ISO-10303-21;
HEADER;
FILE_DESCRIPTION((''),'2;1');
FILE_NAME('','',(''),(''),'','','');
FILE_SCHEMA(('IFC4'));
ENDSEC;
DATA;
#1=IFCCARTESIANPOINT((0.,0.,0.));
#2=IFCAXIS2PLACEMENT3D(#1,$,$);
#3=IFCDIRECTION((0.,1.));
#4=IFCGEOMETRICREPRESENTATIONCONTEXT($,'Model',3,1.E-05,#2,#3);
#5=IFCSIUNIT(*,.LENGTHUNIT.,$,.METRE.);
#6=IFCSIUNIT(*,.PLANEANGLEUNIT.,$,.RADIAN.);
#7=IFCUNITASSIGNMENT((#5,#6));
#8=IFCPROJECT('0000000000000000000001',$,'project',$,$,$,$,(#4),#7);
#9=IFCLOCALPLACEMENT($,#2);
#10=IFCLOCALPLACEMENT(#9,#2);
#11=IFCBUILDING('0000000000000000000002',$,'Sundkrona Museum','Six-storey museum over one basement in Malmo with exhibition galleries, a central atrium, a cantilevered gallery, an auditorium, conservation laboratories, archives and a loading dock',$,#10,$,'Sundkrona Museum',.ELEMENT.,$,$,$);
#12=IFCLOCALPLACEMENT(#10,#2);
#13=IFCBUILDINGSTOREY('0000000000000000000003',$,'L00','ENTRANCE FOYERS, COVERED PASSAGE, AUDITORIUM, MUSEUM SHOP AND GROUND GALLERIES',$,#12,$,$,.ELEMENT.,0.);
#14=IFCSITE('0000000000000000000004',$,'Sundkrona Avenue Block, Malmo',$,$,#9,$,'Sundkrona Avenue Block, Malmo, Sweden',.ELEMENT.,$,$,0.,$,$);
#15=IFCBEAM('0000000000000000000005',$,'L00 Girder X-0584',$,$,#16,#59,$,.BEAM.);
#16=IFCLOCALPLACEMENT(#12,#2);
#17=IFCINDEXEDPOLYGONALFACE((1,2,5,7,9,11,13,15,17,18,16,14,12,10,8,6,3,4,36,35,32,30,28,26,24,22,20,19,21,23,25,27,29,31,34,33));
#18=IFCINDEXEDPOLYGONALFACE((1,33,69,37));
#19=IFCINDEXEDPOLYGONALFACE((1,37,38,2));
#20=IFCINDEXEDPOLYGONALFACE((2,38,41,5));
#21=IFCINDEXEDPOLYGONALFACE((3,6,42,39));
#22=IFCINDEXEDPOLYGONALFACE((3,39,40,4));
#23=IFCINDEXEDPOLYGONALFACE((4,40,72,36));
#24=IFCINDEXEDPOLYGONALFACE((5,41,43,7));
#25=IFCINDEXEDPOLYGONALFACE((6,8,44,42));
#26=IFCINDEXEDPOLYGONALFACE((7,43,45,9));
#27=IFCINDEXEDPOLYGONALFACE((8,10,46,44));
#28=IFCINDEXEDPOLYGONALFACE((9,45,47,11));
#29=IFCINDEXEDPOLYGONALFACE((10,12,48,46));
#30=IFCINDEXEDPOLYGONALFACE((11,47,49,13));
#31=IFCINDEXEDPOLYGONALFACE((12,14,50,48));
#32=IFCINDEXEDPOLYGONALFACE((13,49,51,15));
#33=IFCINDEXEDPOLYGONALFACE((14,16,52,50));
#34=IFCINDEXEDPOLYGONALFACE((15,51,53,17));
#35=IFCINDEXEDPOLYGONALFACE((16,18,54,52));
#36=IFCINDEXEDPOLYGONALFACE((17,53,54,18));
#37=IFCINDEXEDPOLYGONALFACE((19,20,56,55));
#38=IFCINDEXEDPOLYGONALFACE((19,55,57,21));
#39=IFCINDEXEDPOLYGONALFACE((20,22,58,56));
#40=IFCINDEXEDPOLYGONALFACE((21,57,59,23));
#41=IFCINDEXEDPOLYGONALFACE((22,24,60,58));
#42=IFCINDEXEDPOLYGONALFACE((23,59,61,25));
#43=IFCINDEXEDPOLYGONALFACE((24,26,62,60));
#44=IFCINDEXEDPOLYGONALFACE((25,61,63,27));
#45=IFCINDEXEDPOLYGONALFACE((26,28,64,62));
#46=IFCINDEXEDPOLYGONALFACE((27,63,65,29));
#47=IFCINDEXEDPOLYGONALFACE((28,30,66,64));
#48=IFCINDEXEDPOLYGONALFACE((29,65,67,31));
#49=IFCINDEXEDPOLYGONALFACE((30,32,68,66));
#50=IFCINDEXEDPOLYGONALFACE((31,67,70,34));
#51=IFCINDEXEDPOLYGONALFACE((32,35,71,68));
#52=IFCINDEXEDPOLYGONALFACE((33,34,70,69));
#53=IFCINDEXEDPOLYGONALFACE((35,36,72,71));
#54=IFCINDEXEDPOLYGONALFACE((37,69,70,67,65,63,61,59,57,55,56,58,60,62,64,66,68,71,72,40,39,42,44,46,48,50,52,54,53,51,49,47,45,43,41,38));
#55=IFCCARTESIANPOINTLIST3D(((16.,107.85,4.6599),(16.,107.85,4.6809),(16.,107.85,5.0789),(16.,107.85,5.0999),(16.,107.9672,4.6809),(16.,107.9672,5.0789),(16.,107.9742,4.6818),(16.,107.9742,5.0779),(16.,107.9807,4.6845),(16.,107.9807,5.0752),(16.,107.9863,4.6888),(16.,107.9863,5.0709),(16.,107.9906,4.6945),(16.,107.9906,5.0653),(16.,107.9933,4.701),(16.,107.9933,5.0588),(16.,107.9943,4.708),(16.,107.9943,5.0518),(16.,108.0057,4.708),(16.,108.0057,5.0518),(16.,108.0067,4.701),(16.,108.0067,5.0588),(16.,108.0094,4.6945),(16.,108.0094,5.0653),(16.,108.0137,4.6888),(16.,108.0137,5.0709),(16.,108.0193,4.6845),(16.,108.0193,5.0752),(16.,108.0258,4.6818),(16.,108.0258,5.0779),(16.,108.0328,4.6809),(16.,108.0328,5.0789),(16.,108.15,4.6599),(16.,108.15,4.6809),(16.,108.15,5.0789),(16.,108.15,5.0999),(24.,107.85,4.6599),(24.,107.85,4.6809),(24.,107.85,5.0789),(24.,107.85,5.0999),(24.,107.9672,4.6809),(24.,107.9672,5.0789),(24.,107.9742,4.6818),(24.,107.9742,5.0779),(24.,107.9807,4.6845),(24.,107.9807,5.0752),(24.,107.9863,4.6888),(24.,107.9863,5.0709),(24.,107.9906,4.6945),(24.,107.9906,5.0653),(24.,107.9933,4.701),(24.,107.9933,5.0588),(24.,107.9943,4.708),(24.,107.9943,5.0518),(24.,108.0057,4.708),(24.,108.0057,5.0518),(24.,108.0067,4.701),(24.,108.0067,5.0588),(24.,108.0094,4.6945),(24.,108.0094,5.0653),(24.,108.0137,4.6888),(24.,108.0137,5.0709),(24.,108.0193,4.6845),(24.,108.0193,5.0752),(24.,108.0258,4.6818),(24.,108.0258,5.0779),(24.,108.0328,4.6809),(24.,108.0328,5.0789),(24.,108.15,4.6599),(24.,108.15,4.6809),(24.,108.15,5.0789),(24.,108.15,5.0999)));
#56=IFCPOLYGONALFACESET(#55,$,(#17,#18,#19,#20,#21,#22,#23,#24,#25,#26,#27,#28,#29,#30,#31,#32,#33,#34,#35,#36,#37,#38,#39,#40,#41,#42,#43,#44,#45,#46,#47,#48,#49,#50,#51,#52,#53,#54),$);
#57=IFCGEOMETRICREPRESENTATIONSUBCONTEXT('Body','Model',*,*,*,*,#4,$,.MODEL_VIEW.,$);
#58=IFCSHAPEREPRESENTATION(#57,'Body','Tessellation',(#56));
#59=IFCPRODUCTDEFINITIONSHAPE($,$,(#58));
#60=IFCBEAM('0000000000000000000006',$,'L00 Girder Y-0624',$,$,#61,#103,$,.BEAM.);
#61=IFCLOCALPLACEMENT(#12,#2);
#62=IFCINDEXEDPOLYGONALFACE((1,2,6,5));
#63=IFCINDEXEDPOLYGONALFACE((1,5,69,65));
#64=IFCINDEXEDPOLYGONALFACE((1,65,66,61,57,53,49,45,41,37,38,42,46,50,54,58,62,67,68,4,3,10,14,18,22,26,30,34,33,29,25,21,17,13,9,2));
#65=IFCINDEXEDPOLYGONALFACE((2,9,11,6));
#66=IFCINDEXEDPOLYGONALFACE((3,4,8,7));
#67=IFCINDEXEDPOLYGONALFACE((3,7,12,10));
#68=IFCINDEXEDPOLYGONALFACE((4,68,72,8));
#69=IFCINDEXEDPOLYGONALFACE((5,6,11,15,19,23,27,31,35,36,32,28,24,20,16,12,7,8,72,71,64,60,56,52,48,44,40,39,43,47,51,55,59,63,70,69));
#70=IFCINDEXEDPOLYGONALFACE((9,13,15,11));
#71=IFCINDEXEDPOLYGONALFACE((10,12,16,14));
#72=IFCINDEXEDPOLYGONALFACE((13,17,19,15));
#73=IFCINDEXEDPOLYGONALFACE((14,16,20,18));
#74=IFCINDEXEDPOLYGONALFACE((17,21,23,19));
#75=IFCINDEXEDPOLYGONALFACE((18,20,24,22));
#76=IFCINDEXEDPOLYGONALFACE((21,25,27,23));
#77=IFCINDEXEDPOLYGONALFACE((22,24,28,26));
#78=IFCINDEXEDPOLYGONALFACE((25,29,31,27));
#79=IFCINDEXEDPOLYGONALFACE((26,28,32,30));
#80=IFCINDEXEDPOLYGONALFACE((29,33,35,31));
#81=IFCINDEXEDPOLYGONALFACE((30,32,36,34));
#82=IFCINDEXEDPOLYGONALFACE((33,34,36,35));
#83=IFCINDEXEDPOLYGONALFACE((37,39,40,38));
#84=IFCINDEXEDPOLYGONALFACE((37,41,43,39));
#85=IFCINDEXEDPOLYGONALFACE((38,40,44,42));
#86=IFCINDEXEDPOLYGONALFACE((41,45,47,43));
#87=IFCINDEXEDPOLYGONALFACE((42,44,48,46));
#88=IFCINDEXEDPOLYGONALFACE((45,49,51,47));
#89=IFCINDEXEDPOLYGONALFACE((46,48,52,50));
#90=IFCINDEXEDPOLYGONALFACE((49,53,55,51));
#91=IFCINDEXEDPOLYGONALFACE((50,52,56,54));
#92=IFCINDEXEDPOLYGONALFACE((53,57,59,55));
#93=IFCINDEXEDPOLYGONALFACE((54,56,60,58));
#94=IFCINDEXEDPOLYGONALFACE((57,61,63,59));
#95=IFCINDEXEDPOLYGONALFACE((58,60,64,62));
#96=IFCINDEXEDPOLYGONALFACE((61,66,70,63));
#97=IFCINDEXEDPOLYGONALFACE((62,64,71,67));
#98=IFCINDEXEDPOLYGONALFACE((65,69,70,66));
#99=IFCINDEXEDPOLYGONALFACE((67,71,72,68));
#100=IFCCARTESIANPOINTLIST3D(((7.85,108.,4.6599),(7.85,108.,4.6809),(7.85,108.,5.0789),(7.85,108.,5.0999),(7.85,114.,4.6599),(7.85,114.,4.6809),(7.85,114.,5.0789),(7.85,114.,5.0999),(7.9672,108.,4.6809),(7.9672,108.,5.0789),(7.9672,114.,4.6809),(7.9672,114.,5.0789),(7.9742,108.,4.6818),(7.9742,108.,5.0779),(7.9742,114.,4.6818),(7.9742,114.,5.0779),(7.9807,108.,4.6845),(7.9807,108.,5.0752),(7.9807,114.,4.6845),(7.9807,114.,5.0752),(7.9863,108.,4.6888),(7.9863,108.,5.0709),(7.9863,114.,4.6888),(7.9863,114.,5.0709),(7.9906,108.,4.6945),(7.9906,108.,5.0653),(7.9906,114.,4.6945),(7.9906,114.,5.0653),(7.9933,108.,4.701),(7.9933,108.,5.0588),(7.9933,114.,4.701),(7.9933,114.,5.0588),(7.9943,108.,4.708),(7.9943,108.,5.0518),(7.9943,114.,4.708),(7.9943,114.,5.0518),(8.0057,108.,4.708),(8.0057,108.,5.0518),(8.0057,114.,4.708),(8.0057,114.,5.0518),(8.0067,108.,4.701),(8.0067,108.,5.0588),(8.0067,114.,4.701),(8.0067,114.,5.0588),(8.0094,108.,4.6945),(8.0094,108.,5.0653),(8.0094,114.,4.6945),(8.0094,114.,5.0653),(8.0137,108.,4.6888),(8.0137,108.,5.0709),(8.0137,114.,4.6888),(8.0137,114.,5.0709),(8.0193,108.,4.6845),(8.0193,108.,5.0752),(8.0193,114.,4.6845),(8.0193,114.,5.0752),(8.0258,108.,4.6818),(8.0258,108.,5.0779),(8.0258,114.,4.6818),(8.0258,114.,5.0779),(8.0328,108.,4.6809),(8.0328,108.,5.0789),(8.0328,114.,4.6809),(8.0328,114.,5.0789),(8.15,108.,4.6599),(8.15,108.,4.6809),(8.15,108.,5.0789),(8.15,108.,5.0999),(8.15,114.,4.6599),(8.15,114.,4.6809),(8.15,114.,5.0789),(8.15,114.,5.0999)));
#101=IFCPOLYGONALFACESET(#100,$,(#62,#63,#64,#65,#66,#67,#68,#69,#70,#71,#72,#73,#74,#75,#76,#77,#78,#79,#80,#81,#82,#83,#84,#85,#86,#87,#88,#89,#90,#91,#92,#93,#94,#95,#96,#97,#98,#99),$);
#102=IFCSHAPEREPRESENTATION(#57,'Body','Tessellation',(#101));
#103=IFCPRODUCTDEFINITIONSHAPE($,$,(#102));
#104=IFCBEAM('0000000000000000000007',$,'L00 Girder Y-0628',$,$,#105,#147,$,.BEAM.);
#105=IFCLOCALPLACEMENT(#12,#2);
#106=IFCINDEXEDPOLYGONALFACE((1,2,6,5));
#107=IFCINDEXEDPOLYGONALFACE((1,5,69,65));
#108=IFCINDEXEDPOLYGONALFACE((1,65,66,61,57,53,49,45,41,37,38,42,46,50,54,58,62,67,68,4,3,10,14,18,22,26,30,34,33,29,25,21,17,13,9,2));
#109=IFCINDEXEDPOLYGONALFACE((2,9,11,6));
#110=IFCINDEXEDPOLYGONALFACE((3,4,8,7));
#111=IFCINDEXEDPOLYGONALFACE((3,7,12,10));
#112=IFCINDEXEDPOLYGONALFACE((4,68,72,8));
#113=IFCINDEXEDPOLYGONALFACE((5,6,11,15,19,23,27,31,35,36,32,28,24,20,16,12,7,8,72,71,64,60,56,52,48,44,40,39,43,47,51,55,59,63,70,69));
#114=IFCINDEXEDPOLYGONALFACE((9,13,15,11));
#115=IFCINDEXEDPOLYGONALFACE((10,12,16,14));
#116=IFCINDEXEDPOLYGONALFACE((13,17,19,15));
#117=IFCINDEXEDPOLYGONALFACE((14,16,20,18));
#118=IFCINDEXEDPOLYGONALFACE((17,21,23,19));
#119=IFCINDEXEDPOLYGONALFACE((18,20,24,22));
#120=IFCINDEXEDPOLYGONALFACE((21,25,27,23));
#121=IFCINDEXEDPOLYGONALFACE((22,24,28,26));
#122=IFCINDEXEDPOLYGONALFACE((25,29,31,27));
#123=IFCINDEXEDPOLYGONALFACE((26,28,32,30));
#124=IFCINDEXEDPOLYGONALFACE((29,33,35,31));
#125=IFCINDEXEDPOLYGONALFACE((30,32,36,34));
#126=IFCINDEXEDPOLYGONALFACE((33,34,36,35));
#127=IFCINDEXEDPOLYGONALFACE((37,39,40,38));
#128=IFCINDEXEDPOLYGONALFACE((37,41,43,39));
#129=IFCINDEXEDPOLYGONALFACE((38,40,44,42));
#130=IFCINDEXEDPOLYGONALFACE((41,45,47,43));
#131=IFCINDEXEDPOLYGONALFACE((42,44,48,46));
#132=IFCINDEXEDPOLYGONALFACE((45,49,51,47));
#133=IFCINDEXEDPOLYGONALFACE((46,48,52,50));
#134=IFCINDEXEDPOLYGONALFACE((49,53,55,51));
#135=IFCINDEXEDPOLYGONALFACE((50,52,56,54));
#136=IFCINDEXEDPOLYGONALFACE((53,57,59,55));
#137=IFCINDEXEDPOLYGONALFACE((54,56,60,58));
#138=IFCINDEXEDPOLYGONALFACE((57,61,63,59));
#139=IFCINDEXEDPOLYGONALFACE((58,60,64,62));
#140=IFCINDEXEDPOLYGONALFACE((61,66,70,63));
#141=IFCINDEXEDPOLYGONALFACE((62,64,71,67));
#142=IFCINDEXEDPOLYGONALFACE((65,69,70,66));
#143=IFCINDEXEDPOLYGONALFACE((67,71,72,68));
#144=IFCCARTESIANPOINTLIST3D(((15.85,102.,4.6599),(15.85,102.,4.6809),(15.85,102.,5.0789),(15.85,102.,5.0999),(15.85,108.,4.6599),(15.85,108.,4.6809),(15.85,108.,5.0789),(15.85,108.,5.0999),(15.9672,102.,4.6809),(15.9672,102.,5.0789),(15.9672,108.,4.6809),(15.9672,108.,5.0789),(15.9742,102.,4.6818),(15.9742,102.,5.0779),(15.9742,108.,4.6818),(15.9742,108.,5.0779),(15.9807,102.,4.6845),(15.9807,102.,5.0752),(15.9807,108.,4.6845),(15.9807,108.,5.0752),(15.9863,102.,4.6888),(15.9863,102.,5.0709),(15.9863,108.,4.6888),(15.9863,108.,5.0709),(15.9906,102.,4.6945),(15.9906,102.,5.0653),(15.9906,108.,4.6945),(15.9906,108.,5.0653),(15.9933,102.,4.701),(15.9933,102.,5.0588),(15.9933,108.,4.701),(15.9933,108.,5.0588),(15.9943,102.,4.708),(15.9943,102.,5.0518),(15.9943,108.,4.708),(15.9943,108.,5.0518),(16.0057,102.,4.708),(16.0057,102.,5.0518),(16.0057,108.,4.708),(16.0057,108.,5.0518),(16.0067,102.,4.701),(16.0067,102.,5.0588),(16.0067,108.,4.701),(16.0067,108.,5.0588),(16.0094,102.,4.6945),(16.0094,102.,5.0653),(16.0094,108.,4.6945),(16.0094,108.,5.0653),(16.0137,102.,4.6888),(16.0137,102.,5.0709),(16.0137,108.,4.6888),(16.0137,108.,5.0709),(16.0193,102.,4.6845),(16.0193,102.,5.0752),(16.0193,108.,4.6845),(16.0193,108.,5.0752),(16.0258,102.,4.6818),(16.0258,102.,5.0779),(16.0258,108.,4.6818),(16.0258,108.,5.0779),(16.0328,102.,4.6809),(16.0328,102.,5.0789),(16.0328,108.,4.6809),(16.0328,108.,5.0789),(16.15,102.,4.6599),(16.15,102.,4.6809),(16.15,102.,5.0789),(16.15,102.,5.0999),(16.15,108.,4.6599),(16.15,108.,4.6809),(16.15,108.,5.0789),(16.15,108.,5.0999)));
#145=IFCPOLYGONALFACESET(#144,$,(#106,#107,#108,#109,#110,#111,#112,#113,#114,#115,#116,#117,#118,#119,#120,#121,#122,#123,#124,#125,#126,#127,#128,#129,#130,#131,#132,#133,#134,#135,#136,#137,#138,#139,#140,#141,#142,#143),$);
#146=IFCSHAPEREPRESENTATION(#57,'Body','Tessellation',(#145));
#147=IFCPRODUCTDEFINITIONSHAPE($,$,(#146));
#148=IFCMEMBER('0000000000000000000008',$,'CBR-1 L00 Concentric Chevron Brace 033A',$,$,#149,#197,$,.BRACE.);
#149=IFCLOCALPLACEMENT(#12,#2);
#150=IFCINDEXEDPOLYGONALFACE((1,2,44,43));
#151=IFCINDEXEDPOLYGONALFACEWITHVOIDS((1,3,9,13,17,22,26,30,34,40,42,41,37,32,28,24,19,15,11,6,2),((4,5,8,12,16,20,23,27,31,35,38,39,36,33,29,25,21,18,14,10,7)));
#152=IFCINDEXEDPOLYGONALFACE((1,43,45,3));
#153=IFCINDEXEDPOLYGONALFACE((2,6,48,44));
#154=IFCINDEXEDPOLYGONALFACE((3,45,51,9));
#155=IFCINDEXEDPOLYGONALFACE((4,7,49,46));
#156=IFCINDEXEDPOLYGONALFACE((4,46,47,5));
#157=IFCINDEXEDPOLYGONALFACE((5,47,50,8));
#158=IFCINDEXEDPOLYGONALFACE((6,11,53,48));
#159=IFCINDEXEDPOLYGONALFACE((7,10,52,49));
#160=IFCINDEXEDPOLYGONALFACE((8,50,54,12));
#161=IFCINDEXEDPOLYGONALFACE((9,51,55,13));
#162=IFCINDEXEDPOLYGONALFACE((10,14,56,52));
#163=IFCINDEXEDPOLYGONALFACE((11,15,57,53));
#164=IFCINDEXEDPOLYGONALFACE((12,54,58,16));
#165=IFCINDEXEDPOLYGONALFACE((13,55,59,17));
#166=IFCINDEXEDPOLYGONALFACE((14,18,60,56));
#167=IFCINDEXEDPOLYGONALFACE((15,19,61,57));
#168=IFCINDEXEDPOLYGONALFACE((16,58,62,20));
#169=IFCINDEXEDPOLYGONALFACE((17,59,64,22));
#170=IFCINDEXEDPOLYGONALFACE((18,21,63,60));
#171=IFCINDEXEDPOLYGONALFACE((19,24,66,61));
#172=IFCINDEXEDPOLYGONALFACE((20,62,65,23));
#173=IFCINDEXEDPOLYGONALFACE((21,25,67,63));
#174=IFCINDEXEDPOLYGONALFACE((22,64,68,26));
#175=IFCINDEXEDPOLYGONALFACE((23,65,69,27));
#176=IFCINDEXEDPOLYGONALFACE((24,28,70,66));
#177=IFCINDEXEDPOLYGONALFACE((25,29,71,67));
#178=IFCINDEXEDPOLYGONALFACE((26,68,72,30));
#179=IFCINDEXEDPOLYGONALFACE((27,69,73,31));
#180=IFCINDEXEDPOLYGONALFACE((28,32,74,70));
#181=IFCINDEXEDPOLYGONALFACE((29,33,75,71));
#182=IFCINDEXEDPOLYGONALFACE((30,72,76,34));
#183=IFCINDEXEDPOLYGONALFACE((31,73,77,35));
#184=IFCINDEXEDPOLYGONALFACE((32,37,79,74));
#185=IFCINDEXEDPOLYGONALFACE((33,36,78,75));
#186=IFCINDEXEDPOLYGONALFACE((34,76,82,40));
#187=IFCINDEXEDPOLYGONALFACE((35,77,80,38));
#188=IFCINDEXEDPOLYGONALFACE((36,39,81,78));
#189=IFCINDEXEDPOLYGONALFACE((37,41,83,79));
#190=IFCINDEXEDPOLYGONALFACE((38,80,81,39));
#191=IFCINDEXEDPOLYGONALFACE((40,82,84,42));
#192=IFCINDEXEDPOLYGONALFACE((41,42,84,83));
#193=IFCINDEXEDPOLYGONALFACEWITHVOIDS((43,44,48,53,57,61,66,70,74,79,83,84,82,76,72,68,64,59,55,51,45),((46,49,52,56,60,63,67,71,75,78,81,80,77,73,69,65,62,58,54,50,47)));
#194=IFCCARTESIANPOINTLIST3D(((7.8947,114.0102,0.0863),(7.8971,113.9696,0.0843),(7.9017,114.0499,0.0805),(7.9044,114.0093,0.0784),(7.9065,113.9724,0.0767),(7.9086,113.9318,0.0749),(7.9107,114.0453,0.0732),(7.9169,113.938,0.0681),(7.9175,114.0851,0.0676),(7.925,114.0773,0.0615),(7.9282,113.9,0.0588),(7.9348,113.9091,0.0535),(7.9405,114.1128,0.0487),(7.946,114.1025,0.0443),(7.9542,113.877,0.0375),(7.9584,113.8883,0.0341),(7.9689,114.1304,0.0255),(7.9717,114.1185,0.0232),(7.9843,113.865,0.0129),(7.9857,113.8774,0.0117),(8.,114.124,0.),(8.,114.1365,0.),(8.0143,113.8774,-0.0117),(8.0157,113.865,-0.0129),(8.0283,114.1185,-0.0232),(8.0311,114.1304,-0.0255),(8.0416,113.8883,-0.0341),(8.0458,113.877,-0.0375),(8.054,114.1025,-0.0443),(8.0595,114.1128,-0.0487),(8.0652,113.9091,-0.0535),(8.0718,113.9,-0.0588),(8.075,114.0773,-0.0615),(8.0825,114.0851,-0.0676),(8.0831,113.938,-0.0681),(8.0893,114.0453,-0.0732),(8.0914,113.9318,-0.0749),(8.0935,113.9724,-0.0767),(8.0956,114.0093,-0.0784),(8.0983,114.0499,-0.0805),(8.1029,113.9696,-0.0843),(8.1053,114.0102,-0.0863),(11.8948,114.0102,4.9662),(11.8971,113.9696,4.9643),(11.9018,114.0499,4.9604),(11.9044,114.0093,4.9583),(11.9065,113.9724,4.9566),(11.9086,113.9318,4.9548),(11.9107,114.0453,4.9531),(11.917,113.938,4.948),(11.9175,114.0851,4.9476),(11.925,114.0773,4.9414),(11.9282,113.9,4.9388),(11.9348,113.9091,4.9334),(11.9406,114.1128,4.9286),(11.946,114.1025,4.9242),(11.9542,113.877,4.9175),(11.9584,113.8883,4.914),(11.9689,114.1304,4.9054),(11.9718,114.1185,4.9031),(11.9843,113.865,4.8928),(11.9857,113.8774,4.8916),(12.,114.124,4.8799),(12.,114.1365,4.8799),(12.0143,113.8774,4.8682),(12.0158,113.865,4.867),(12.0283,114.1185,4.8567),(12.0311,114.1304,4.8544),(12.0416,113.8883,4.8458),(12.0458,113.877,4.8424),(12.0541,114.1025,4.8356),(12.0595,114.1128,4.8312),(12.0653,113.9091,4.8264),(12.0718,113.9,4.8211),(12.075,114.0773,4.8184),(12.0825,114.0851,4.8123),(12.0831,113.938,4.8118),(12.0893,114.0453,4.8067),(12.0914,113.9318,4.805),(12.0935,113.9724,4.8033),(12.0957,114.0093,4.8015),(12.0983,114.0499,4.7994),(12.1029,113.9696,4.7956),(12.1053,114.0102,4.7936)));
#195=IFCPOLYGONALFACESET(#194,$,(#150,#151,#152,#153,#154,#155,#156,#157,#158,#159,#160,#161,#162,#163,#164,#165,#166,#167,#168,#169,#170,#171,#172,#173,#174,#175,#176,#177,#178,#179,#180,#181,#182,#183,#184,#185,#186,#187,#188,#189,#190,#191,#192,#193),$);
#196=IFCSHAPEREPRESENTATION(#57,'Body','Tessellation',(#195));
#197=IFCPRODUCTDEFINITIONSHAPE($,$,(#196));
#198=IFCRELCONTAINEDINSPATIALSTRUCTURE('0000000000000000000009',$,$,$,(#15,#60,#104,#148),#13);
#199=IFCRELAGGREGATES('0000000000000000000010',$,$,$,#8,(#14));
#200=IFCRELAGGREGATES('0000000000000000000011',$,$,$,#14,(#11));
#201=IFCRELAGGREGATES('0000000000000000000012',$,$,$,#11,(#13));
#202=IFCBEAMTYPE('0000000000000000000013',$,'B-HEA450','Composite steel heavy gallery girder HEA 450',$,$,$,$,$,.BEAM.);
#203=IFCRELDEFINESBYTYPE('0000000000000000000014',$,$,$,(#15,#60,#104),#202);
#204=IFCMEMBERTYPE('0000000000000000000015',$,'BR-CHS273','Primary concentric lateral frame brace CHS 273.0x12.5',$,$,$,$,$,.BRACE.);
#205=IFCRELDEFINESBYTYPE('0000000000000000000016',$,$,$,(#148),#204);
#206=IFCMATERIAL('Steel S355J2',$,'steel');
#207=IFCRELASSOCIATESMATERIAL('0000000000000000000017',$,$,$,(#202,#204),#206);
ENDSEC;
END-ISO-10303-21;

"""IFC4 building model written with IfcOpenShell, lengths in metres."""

from ifc_helpers import new_model, si_unit, direction, frame, origin, origin_2d, place, context, subcontext, project, spatial, hollow_circle, i_section, extrude, material, material_profile, profile_set, type_object, element, save


model = new_model("IFC4")

# Units and contexts
model_context = context("Model", 3, precision=1e-05, world=origin(), true_north=direction((0.0, 1.0)))
body_context = subcontext(model_context, "Body", "Model", "MODEL_VIEW")
ifc_project = project(units=[si_unit("LENGTHUNIT", "METRE"), si_unit("PLANEANGLEUNIT", "RADIAN")], contexts=[model_context])

# Site, building, storey
site_placement = place(None, origin())
site = spatial("IfcSite", under=ifc_project, at=site_placement, Name="Sundkrona Avenue Block, Malmo", LongName="Sundkrona Avenue Block, Malmo, Sweden", CompositionType="ELEMENT", RefElevation=0.0)
building_placement = place(site_placement, origin())
building = spatial("IfcBuilding", under=site, at=building_placement, Name="Sundkrona Museum", Description="Six-storey museum over one basement in Malmo with exhibition galleries, a central atrium, a cantilevered gallery, an auditorium, conservation laboratories, archives and a loading dock", LongName="Sundkrona Museum", CompositionType="ELEMENT")
storey_placement = place(building_placement, origin())
storey = spatial("IfcBuildingStorey", under=building, at=storey_placement, Name="L00", Description="ENTRANCE FOYERS, COVERED PASSAGE, AUDITORIUM, MUSEUM SHOP AND GROUND GALLERIES", CompositionType="ELEMENT", Elevation=0.0)

# Shared definitions
ifc_material_1 = material(Name="Steel S355J2", Category="steel")

# Beams
ifc_material_profile_1 = material_profile(ifc_material_1, i_section(OverallWidth=0.3, OverallDepth=0.4399, WebThickness=0.0115, FlangeThickness=0.021, FilletRadius=0.0271, at=origin_2d()), Name="HEA 450")
ifc_profile_set_1 = profile_set([ifc_material_profile_1], Name="Steel S355J2")
beam_type_1 = type_object("IfcBeamType", Name="B-HEA450", Description="Composite steel heavy gallery girder HEA 450", PredefinedType="BEAM", material=ifc_profile_set_1)
beam_1_placement = place(storey_placement, frame((16.0, 108.0, 4.8799), z_axis=(1.0, 0.0, 0.0), x_axis=(0.0, 1.0, 0.0)))
element("IfcBeam", 1, at=beam_1_placement, inside=storey, type_object=beam_type_1, Name="L00 Girder X-0584", PredefinedType="BEAM", context=body_context, shape_type="SweptSolid", body=[
    extrude(i_section(OverallWidth=0.3, OverallDepth=0.4399, WebThickness=0.0115, FlangeThickness=0.021, FilletRadius=0.0271, at=origin_2d()), origin(), (0.0, 0.0, 1.0), 8.0),
])
for number, where, z_axis, x_axis, name in (
    (2, (8.0, 108.0, 4.8799), (0.0, 1.0, 0.0), (-1.0, 0.0, 0.0), "L00 Girder Y-0624"),
    (3, (16.0, 102.0, 4.8799), (0.0, 1.0, 0.0), (-1.0, 0.0, 0.0), "L00 Girder Y-0628"),
):
    element("IfcBeam", number, at=place(storey_placement, frame(where, z_axis=z_axis, x_axis=x_axis)), inside=storey, type_object=beam_type_1, Name=name, PredefinedType="BEAM", context=body_context, shape_type="SweptSolid", body=[
        extrude(i_section(OverallWidth=0.3, OverallDepth=0.4399, WebThickness=0.0115, FlangeThickness=0.021, FilletRadius=0.0271, at=origin_2d()), origin(), (0.0, 0.0, 1.0), 6.0),
    ])

# Member
ifc_material_profile_2 = material_profile(ifc_material_1, hollow_circle(Radius=0.1365, WallThickness=0.0125, at=origin_2d()), Name="CHS 273.0x12.5")
ifc_profile_set_2 = profile_set([ifc_material_profile_2], Name="Steel S355J2")
member_type = type_object("IfcMemberType", Name="BR-CHS273", Description="Primary concentric lateral frame brace CHS 273.0x12.5", PredefinedType="BRACE", material=ifc_profile_set_2)
member_placement = place(storey_placement, frame((8.0, 114.0, 0.0), z_axis=(0.633937, 0.0, 0.773385), x_axis=(0.0, 1.0, 0.0)))
element("IfcMember", 4, at=member_placement, inside=storey, type_object=member_type, Name="CBR-1 L00 Concentric Chevron Brace 033A", PredefinedType="BRACE", context=body_context, shape_type="SweptSolid", body=[
    extrude(hollow_circle(Radius=0.1365, WallThickness=0.0125, at=origin_2d()), origin(), (0.0, 0.0, 1.0), 6.3098),
])

save(model, "model.ifc")
